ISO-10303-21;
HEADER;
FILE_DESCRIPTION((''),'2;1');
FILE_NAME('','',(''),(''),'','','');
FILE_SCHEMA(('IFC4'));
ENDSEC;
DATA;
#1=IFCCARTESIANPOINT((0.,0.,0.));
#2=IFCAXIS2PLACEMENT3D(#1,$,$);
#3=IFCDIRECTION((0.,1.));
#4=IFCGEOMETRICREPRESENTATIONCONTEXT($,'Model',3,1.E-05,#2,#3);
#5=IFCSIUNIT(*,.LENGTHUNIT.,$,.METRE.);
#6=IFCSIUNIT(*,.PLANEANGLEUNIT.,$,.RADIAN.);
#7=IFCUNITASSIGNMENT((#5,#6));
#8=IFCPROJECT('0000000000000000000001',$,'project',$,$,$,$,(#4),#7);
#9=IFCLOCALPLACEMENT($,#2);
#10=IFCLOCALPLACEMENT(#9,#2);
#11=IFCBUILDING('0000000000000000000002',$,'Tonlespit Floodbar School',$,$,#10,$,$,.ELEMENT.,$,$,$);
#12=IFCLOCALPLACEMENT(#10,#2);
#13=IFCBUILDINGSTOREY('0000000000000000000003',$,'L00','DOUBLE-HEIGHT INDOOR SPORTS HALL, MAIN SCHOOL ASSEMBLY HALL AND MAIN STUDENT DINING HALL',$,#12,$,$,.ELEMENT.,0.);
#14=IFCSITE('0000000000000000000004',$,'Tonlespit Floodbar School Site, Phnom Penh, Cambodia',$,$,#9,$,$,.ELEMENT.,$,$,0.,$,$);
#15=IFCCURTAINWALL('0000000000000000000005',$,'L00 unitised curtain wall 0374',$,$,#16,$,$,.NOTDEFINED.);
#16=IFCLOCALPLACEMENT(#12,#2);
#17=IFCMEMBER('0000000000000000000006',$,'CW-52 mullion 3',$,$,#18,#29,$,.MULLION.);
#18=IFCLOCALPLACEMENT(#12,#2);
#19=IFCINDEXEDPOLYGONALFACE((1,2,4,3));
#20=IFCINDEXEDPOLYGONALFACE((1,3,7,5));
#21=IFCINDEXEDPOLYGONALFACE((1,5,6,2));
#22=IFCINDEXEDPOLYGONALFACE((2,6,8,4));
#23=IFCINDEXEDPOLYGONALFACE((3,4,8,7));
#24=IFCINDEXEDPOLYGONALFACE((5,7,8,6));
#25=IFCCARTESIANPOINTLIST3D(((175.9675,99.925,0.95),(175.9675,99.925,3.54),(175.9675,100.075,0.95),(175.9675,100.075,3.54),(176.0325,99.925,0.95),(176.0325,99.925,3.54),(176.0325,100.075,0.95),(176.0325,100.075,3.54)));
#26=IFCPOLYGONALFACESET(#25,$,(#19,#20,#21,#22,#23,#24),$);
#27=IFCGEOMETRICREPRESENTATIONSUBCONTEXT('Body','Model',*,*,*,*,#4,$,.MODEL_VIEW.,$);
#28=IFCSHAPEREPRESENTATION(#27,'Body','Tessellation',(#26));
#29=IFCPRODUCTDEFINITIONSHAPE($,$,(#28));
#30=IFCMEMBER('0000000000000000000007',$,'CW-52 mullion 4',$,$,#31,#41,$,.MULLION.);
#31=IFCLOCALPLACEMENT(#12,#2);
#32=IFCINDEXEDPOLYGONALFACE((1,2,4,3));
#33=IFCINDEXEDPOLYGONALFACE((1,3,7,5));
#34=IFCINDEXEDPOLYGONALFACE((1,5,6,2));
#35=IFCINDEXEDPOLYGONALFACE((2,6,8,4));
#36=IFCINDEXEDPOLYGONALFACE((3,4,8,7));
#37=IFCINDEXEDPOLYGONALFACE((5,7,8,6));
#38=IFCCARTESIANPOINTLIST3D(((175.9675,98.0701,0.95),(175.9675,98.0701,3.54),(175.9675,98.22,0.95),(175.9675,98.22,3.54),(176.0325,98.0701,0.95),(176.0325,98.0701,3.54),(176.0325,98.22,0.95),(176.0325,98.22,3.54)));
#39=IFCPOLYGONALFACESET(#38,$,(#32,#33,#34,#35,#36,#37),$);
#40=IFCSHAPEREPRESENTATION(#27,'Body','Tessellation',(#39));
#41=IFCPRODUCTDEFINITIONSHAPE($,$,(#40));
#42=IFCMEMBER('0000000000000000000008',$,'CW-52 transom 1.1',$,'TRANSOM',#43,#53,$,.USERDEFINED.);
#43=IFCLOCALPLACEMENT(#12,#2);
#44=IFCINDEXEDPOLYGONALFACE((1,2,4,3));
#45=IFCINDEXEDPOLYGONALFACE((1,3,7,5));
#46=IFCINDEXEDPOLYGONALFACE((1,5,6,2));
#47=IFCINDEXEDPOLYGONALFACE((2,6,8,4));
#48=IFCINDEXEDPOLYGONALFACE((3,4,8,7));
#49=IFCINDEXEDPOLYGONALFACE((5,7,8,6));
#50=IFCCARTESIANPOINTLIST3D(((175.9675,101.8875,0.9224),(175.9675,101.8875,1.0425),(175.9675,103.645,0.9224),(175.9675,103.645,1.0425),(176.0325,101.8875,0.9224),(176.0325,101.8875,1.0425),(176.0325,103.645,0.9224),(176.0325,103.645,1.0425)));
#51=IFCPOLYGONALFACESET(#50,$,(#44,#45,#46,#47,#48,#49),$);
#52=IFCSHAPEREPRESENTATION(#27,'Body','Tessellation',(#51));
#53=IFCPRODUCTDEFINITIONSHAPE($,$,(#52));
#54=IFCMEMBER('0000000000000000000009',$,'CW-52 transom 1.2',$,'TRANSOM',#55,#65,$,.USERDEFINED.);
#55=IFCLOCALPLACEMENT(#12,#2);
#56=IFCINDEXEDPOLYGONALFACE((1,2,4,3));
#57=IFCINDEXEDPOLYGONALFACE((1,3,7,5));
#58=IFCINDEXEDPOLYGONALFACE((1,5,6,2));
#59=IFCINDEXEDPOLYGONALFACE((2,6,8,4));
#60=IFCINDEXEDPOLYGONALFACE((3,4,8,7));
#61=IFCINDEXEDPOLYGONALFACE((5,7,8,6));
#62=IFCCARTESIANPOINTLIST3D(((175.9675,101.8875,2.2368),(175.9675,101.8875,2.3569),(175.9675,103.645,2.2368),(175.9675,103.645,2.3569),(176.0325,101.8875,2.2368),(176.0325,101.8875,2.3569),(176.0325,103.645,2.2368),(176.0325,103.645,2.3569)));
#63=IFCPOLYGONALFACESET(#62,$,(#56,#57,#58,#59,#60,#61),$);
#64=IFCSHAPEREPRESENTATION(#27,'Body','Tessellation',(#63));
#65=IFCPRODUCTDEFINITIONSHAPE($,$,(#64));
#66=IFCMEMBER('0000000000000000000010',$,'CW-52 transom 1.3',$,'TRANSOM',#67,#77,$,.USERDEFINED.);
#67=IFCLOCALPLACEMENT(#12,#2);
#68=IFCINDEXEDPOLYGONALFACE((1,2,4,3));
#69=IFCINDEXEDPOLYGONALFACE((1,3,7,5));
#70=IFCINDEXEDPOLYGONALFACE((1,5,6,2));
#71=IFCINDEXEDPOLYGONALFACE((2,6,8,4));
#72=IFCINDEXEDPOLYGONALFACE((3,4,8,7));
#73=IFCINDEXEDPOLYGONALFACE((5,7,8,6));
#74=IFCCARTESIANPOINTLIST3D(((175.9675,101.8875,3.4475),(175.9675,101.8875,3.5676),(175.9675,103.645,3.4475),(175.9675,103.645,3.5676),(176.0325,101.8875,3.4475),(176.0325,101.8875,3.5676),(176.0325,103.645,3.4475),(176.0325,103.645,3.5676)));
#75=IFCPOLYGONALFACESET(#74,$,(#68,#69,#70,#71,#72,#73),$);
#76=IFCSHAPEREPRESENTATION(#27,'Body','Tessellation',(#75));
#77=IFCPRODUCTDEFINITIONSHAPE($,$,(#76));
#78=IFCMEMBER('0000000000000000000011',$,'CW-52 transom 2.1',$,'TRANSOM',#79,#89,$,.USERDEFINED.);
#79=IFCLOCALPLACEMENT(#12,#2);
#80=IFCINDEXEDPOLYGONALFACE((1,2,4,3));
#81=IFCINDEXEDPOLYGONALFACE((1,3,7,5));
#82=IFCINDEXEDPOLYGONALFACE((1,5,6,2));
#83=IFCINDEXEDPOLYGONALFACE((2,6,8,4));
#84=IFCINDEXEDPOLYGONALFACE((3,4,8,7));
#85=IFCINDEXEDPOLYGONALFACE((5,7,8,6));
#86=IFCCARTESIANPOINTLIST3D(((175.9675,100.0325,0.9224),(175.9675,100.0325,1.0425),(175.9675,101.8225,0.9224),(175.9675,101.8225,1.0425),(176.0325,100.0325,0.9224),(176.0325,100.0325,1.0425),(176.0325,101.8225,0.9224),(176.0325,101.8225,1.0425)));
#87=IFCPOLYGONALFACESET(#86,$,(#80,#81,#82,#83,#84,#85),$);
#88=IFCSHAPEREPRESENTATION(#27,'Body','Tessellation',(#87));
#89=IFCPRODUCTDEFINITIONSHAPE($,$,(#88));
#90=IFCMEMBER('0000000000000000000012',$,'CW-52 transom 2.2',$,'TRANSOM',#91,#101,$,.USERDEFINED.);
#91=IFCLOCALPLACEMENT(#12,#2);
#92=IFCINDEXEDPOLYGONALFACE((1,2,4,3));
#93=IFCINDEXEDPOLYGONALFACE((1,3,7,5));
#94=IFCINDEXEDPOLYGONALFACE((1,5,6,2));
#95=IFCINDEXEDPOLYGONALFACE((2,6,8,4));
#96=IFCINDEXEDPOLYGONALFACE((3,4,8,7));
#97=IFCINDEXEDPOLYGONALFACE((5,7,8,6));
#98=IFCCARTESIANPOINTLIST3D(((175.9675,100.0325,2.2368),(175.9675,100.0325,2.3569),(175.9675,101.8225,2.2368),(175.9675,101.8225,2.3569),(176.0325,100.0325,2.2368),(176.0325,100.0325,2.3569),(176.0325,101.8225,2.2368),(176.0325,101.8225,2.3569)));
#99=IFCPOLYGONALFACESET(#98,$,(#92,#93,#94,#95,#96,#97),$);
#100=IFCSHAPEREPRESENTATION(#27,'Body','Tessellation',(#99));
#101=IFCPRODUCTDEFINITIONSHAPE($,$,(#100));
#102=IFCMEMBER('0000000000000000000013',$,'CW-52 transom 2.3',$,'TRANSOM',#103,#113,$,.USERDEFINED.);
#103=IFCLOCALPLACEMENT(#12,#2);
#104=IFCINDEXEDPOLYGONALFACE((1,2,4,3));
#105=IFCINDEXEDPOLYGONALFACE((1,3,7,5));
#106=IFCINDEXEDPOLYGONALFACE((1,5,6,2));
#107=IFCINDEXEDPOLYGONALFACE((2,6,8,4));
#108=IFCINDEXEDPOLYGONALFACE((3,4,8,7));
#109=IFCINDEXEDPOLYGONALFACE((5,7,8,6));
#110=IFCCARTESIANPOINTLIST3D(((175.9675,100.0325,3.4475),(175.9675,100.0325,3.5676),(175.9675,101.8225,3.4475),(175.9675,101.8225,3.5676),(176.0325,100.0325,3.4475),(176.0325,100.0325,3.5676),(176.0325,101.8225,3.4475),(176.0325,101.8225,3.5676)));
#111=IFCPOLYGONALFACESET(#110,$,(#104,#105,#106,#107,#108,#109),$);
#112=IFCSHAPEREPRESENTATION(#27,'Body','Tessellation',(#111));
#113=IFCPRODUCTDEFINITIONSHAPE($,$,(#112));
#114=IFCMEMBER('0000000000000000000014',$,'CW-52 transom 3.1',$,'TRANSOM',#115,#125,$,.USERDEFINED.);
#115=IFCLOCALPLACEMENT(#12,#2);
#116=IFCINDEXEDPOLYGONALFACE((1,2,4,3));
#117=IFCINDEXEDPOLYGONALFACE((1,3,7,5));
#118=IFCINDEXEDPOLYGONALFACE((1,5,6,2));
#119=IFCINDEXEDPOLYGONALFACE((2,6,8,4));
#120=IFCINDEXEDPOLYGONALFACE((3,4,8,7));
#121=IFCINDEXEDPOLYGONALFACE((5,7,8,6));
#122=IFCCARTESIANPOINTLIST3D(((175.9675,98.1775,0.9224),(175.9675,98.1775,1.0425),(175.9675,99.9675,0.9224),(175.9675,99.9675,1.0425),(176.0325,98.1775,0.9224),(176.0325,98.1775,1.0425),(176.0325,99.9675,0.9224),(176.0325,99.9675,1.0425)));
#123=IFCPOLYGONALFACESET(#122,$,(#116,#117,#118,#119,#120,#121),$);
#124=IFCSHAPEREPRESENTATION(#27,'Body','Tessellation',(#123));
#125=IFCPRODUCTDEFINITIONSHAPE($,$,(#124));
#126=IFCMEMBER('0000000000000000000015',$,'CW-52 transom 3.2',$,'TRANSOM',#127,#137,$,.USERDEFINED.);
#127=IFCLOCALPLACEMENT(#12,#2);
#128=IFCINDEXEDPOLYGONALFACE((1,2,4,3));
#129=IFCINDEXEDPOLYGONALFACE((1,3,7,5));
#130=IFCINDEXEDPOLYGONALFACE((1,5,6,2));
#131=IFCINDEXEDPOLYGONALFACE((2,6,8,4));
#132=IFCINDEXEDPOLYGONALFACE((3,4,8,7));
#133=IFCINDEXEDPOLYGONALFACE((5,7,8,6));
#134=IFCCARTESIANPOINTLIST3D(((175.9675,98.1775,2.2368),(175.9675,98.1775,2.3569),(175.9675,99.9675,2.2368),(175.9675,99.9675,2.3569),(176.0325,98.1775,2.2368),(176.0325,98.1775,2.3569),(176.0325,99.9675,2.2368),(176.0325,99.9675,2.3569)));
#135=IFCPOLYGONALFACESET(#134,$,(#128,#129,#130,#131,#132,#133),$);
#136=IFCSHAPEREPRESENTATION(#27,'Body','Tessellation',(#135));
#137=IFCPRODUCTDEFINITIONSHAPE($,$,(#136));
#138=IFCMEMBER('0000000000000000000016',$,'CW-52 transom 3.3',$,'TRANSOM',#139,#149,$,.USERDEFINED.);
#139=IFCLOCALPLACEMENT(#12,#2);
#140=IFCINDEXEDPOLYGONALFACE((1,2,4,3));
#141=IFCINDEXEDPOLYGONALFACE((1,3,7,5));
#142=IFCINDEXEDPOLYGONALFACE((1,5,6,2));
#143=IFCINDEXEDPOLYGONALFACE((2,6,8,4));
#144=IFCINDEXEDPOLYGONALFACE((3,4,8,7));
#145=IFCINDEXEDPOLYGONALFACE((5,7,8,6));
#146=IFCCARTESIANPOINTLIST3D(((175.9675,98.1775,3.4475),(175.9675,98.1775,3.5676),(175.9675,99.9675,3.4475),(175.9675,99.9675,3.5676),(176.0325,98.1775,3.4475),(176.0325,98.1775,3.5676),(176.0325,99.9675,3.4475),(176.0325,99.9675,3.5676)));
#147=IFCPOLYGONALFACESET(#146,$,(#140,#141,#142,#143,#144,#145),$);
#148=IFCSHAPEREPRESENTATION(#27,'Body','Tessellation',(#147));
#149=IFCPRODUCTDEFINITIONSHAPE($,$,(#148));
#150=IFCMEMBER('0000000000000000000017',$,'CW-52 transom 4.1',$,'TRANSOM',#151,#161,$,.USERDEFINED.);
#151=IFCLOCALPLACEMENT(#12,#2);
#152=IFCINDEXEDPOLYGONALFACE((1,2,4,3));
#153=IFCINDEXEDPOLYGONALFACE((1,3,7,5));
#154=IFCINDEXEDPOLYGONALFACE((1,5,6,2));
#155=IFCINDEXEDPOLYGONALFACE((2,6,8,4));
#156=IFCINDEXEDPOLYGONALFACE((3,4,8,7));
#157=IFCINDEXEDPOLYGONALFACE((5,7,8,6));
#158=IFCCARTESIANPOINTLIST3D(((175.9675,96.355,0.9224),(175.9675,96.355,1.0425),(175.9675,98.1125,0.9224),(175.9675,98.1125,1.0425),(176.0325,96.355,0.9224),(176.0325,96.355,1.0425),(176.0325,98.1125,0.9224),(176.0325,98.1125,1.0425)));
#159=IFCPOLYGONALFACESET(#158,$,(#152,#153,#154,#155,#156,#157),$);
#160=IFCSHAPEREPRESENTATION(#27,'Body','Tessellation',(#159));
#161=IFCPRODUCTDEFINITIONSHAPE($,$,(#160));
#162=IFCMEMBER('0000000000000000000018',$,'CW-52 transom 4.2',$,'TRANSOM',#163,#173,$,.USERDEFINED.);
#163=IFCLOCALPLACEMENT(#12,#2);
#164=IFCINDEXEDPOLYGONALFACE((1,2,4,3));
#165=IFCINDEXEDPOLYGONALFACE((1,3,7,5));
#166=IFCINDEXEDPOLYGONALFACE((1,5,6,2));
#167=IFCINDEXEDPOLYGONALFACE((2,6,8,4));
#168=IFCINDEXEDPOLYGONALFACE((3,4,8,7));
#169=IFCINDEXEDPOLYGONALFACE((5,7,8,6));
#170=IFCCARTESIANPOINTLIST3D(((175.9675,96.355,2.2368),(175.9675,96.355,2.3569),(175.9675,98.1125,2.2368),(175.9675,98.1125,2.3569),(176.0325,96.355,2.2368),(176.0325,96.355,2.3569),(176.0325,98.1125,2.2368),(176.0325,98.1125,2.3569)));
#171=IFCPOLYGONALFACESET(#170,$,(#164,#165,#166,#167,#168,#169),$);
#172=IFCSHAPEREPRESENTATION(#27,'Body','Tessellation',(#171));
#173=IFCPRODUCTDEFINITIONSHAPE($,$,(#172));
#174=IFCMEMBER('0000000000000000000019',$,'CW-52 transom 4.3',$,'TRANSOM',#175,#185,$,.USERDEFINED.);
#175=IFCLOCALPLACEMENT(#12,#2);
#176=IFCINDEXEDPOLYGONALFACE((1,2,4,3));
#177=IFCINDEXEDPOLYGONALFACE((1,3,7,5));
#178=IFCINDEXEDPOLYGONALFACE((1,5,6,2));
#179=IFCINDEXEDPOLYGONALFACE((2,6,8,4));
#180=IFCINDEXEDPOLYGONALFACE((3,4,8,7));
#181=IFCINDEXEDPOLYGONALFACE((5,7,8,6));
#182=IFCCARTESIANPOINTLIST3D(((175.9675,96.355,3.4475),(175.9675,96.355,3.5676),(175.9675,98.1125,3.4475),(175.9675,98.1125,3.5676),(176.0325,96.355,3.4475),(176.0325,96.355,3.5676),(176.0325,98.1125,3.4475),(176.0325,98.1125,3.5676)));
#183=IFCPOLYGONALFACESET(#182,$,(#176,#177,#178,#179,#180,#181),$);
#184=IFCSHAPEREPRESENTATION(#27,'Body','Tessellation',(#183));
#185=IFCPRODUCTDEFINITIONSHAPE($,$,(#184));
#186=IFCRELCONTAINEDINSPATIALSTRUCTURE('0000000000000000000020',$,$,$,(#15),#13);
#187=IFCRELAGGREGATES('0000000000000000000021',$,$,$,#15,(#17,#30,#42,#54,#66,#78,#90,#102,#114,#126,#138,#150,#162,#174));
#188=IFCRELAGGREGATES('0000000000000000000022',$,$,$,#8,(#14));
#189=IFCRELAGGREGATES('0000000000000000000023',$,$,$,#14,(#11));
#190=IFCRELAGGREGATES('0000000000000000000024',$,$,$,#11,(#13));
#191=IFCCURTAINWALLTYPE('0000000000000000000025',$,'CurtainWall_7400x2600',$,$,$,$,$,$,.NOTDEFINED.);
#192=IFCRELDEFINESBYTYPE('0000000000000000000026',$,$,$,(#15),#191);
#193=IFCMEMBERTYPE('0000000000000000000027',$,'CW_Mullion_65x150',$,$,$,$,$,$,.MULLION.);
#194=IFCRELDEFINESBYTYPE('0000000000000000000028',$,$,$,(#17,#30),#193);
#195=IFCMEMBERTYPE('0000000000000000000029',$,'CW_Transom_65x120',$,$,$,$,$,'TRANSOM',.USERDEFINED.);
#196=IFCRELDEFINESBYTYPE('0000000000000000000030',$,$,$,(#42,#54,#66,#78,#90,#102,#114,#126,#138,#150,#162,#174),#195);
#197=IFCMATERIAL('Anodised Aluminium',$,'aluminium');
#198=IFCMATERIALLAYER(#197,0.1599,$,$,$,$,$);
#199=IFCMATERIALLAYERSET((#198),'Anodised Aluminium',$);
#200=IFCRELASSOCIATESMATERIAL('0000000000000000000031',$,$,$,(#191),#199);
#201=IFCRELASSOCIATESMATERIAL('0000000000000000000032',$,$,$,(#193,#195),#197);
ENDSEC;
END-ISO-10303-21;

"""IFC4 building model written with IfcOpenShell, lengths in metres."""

from ifc_helpers import new_model, si_unit, direction, frame, origin, origin_2d, place, context, subcontext, project, spatial, rectangle, extrude, material, layer, layer_set, material_profile, profile_set, type_object, element, aggregate, save


model = new_model("IFC4")

# Units and contexts
model_context = context("Model", 3, precision=1e-05, world=origin(), true_north=direction((0.0, 1.0)))
body_context = subcontext(model_context, "Body", "Model", "MODEL_VIEW")
ifc_project = project(units=[si_unit("LENGTHUNIT", "METRE"), si_unit("PLANEANGLEUNIT", "RADIAN")], contexts=[model_context])

# Site, building, storey
site_placement = place(None, origin())
site = spatial("IfcSite", under=ifc_project, at=site_placement, Name="Tonlespit Floodbar School Site, Phnom Penh, Cambodia", CompositionType="ELEMENT", RefElevation=0.0)
building_placement = place(site_placement, origin())
building = spatial("IfcBuilding", under=site, at=building_placement, Name="Tonlespit Floodbar School", CompositionType="ELEMENT")
storey_placement = place(building_placement, origin())
storey = spatial("IfcBuildingStorey", under=building, at=storey_placement, Name="L00", Description="DOUBLE-HEIGHT INDOOR SPORTS HALL, MAIN SCHOOL ASSEMBLY HALL AND MAIN STUDENT DINING HALL", CompositionType="ELEMENT", Elevation=0.0)

# Curtain wall, members
ifc_material_1 = material(Name="Anodised Aluminium", Category="aluminium")
ifc_layer_1 = layer(ifc_material_1, 0.1599)
ifc_layer_set_1 = layer_set([ifc_layer_1], Name="Anodised Aluminium")
curtain_wall_type = type_object("IfcCurtainWallType", Name="CurtainWall_7400x2600", PredefinedType="NOTDEFINED", material=ifc_layer_set_1)
curtain_wall_placement = place(storey_placement, origin())
curtain_wall = element("IfcCurtainWall", 1, at=curtain_wall_placement, inside=storey, type_object=curtain_wall_type, Name="L00 unitised curtain wall 0374", PredefinedType="NOTDEFINED")
ifc_material_profile_1 = material_profile(ifc_material_1, rectangle(XDim=0.0649, YDim=0.1499, at=origin_2d()), Name="ALU M65x150")
ifc_profile_set_1 = profile_set([ifc_material_profile_1], Name="Anodised Aluminium")
member_type_1 = type_object("IfcMemberType", Name="CW_Mullion_65x150", PredefinedType="MULLION", material=ifc_profile_set_1)
member_1_placement = place(storey_placement, frame((176.0, 100.0, 0.95), z_axis=(0.0, 0.0, 1.0), x_axis=(1.0, 0.0, 0.0)))
member_1 = element("IfcMember", 2, at=member_1_placement, type_object=member_type_1, Name="CW-52 mullion 3", PredefinedType="MULLION", context=body_context, shape_type="SweptSolid", body=[
    extrude(rectangle(XDim=0.0649, YDim=0.1499, at=origin_2d()), origin(), (0.0, 0.0, 1.0), 2.5901),
])
member_2_placement = place(storey_placement, frame((176.0, 98.145, 0.95), z_axis=(0.0, 0.0, 1.0), x_axis=(1.0, 0.0, 0.0)))
member_2 = element("IfcMember", 3, at=member_2_placement, type_object=member_type_1, Name="CW-52 mullion 4", PredefinedType="MULLION", context=body_context, shape_type="SweptSolid", body=[
    extrude(rectangle(XDim=0.0649, YDim=0.1499, at=origin_2d()), origin(), (0.0, 0.0, 1.0), 2.5901),
])
ifc_material_profile_2 = material_profile(ifc_material_1, rectangle(XDim=0.0649, YDim=0.1201, at=origin_2d()), Name="ALU T65x120")
ifc_profile_set_2 = profile_set([ifc_material_profile_2], Name="Anodised Aluminium")
member_type_2 = type_object("IfcMemberType", Name="CW_Transom_65x120", ElementType="TRANSOM", PredefinedType="USERDEFINED", material=ifc_profile_set_2)
member_3_placement = place(storey_placement, frame((176.0, 103.645, 0.9824), z_axis=(0.0, -1.0, 0.0), x_axis=(1.0, 0.0, 0.0)))
member_3 = element("IfcMember", 4, at=member_3_placement, type_object=member_type_2, Name="CW-52 transom 1.1", ObjectType="TRANSOM", PredefinedType="USERDEFINED", context=body_context, shape_type="SweptSolid", body=[
    extrude(rectangle(XDim=0.0649, YDim=0.1201, at=origin_2d()), origin(), (0.0, 0.0, 1.0), 1.7576),
])
member_4_placement = place(storey_placement, frame((176.0, 103.645, 2.2969), z_axis=(0.0, -1.0, 0.0), x_axis=(1.0, 0.0, 0.0)))
member_4 = element("IfcMember", 5, at=member_4_placement, type_object=member_type_2, Name="CW-52 transom 1.2", ObjectType="TRANSOM", PredefinedType="USERDEFINED", context=body_context, shape_type="SweptSolid", body=[
    extrude(rectangle(XDim=0.0649, YDim=0.1201, at=origin_2d()), origin(), (0.0, 0.0, 1.0), 1.7576),
])
member_5_placement = place(storey_placement, frame((176.0, 103.645, 3.5076), z_axis=(0.0, -1.0, 0.0), x_axis=(1.0, 0.0, 0.0)))
member_5 = element("IfcMember", 6, at=member_5_placement, type_object=member_type_2, Name="CW-52 transom 1.3", ObjectType="TRANSOM", PredefinedType="USERDEFINED", context=body_context, shape_type="SweptSolid", body=[
    extrude(rectangle(XDim=0.0649, YDim=0.1201, at=origin_2d()), origin(), (0.0, 0.0, 1.0), 1.7576),
])
member_6_placement = place(storey_placement, frame((176.0, 101.8225, 0.9824), z_axis=(0.0, -1.0, 0.0), x_axis=(1.0, 0.0, 0.0)))
member_6 = element("IfcMember", 7, at=member_6_placement, type_object=member_type_2, Name="CW-52 transom 2.1", ObjectType="TRANSOM", PredefinedType="USERDEFINED", context=body_context, shape_type="SweptSolid", body=[
    extrude(rectangle(XDim=0.0649, YDim=0.1201, at=origin_2d()), origin(), (0.0, 0.0, 1.0), 1.79),
])
member_7_placement = place(storey_placement, frame((176.0, 101.8225, 2.2969), z_axis=(0.0, -1.0, 0.0), x_axis=(1.0, 0.0, 0.0)))
member_7 = element("IfcMember", 8, at=member_7_placement, type_object=member_type_2, Name="CW-52 transom 2.2", ObjectType="TRANSOM", PredefinedType="USERDEFINED", context=body_context, shape_type="SweptSolid", body=[
    extrude(rectangle(XDim=0.0649, YDim=0.1201, at=origin_2d()), origin(), (0.0, 0.0, 1.0), 1.79),
])
member_8_placement = place(storey_placement, frame((176.0, 101.8225, 3.5076), z_axis=(0.0, -1.0, 0.0), x_axis=(1.0, 0.0, 0.0)))
member_8 = element("IfcMember", 9, at=member_8_placement, type_object=member_type_2, Name="CW-52 transom 2.3", ObjectType="TRANSOM", PredefinedType="USERDEFINED", context=body_context, shape_type="SweptSolid", body=[
    extrude(rectangle(XDim=0.0649, YDim=0.1201, at=origin_2d()), origin(), (0.0, 0.0, 1.0), 1.79),
])
member_9_placement = place(storey_placement, frame((176.0, 99.9675, 0.9824), z_axis=(0.0, -1.0, 0.0), x_axis=(1.0, 0.0, 0.0)))
member_9 = element("IfcMember", 10, at=member_9_placement, type_object=member_type_2, Name="CW-52 transom 3.1", ObjectType="TRANSOM", PredefinedType="USERDEFINED", context=body_context, shape_type="SweptSolid", body=[
    extrude(rectangle(XDim=0.0649, YDim=0.1201, at=origin_2d()), origin(), (0.0, 0.0, 1.0), 1.79),
])
member_10_placement = place(storey_placement, frame((176.0, 99.9675, 2.2969), z_axis=(0.0, -1.0, 0.0), x_axis=(1.0, 0.0, 0.0)))
member_10 = element("IfcMember", 11, at=member_10_placement, type_object=member_type_2, Name="CW-52 transom 3.2", ObjectType="TRANSOM", PredefinedType="USERDEFINED", context=body_context, shape_type="SweptSolid", body=[
    extrude(rectangle(XDim=0.0649, YDim=0.1201, at=origin_2d()), origin(), (0.0, 0.0, 1.0), 1.79),
])
member_11_placement = place(storey_placement, frame((176.0, 99.9675, 3.5076), z_axis=(0.0, -1.0, 0.0), x_axis=(1.0, 0.0, 0.0)))
member_11 = element("IfcMember", 12, at=member_11_placement, type_object=member_type_2, Name="CW-52 transom 3.3", ObjectType="TRANSOM", PredefinedType="USERDEFINED", context=body_context, shape_type="SweptSolid", body=[
    extrude(rectangle(XDim=0.0649, YDim=0.1201, at=origin_2d()), origin(), (0.0, 0.0, 1.0), 1.79),
])
member_12_placement = place(storey_placement, frame((176.0, 98.1125, 0.9824), z_axis=(0.0, -1.0, 0.0), x_axis=(1.0, 0.0, 0.0)))
member_12 = element("IfcMember", 13, at=member_12_placement, type_object=member_type_2, Name="CW-52 transom 4.1", ObjectType="TRANSOM", PredefinedType="USERDEFINED", context=body_context, shape_type="SweptSolid", body=[
    extrude(rectangle(XDim=0.0649, YDim=0.1201, at=origin_2d()), origin(), (0.0, 0.0, 1.0), 1.7576),
])
member_13_placement = place(storey_placement, frame((176.0, 98.1125, 2.2969), z_axis=(0.0, -1.0, 0.0), x_axis=(1.0, 0.0, 0.0)))
member_13 = element("IfcMember", 14, at=member_13_placement, type_object=member_type_2, Name="CW-52 transom 4.2", ObjectType="TRANSOM", PredefinedType="USERDEFINED", context=body_context, shape_type="SweptSolid", body=[
    extrude(rectangle(XDim=0.0649, YDim=0.1201, at=origin_2d()), origin(), (0.0, 0.0, 1.0), 1.7576),
])
member_14_placement = place(storey_placement, frame((176.0, 98.1125, 3.5076), z_axis=(0.0, -1.0, 0.0), x_axis=(1.0, 0.0, 0.0)))
member_14 = element("IfcMember", 15, at=member_14_placement, type_object=member_type_2, Name="CW-52 transom 4.3", ObjectType="TRANSOM", PredefinedType="USERDEFINED", context=body_context, shape_type="SweptSolid", body=[
    extrude(rectangle(XDim=0.0649, YDim=0.1201, at=origin_2d()), origin(), (0.0, 0.0, 1.0), 1.7576),
])
aggregate(curtain_wall, [member_1, member_2, member_3, member_4, member_5, member_6, member_7, member_8, member_9, member_10, member_11, member_12, member_13, member_14])

save(model, "model.ifc")
